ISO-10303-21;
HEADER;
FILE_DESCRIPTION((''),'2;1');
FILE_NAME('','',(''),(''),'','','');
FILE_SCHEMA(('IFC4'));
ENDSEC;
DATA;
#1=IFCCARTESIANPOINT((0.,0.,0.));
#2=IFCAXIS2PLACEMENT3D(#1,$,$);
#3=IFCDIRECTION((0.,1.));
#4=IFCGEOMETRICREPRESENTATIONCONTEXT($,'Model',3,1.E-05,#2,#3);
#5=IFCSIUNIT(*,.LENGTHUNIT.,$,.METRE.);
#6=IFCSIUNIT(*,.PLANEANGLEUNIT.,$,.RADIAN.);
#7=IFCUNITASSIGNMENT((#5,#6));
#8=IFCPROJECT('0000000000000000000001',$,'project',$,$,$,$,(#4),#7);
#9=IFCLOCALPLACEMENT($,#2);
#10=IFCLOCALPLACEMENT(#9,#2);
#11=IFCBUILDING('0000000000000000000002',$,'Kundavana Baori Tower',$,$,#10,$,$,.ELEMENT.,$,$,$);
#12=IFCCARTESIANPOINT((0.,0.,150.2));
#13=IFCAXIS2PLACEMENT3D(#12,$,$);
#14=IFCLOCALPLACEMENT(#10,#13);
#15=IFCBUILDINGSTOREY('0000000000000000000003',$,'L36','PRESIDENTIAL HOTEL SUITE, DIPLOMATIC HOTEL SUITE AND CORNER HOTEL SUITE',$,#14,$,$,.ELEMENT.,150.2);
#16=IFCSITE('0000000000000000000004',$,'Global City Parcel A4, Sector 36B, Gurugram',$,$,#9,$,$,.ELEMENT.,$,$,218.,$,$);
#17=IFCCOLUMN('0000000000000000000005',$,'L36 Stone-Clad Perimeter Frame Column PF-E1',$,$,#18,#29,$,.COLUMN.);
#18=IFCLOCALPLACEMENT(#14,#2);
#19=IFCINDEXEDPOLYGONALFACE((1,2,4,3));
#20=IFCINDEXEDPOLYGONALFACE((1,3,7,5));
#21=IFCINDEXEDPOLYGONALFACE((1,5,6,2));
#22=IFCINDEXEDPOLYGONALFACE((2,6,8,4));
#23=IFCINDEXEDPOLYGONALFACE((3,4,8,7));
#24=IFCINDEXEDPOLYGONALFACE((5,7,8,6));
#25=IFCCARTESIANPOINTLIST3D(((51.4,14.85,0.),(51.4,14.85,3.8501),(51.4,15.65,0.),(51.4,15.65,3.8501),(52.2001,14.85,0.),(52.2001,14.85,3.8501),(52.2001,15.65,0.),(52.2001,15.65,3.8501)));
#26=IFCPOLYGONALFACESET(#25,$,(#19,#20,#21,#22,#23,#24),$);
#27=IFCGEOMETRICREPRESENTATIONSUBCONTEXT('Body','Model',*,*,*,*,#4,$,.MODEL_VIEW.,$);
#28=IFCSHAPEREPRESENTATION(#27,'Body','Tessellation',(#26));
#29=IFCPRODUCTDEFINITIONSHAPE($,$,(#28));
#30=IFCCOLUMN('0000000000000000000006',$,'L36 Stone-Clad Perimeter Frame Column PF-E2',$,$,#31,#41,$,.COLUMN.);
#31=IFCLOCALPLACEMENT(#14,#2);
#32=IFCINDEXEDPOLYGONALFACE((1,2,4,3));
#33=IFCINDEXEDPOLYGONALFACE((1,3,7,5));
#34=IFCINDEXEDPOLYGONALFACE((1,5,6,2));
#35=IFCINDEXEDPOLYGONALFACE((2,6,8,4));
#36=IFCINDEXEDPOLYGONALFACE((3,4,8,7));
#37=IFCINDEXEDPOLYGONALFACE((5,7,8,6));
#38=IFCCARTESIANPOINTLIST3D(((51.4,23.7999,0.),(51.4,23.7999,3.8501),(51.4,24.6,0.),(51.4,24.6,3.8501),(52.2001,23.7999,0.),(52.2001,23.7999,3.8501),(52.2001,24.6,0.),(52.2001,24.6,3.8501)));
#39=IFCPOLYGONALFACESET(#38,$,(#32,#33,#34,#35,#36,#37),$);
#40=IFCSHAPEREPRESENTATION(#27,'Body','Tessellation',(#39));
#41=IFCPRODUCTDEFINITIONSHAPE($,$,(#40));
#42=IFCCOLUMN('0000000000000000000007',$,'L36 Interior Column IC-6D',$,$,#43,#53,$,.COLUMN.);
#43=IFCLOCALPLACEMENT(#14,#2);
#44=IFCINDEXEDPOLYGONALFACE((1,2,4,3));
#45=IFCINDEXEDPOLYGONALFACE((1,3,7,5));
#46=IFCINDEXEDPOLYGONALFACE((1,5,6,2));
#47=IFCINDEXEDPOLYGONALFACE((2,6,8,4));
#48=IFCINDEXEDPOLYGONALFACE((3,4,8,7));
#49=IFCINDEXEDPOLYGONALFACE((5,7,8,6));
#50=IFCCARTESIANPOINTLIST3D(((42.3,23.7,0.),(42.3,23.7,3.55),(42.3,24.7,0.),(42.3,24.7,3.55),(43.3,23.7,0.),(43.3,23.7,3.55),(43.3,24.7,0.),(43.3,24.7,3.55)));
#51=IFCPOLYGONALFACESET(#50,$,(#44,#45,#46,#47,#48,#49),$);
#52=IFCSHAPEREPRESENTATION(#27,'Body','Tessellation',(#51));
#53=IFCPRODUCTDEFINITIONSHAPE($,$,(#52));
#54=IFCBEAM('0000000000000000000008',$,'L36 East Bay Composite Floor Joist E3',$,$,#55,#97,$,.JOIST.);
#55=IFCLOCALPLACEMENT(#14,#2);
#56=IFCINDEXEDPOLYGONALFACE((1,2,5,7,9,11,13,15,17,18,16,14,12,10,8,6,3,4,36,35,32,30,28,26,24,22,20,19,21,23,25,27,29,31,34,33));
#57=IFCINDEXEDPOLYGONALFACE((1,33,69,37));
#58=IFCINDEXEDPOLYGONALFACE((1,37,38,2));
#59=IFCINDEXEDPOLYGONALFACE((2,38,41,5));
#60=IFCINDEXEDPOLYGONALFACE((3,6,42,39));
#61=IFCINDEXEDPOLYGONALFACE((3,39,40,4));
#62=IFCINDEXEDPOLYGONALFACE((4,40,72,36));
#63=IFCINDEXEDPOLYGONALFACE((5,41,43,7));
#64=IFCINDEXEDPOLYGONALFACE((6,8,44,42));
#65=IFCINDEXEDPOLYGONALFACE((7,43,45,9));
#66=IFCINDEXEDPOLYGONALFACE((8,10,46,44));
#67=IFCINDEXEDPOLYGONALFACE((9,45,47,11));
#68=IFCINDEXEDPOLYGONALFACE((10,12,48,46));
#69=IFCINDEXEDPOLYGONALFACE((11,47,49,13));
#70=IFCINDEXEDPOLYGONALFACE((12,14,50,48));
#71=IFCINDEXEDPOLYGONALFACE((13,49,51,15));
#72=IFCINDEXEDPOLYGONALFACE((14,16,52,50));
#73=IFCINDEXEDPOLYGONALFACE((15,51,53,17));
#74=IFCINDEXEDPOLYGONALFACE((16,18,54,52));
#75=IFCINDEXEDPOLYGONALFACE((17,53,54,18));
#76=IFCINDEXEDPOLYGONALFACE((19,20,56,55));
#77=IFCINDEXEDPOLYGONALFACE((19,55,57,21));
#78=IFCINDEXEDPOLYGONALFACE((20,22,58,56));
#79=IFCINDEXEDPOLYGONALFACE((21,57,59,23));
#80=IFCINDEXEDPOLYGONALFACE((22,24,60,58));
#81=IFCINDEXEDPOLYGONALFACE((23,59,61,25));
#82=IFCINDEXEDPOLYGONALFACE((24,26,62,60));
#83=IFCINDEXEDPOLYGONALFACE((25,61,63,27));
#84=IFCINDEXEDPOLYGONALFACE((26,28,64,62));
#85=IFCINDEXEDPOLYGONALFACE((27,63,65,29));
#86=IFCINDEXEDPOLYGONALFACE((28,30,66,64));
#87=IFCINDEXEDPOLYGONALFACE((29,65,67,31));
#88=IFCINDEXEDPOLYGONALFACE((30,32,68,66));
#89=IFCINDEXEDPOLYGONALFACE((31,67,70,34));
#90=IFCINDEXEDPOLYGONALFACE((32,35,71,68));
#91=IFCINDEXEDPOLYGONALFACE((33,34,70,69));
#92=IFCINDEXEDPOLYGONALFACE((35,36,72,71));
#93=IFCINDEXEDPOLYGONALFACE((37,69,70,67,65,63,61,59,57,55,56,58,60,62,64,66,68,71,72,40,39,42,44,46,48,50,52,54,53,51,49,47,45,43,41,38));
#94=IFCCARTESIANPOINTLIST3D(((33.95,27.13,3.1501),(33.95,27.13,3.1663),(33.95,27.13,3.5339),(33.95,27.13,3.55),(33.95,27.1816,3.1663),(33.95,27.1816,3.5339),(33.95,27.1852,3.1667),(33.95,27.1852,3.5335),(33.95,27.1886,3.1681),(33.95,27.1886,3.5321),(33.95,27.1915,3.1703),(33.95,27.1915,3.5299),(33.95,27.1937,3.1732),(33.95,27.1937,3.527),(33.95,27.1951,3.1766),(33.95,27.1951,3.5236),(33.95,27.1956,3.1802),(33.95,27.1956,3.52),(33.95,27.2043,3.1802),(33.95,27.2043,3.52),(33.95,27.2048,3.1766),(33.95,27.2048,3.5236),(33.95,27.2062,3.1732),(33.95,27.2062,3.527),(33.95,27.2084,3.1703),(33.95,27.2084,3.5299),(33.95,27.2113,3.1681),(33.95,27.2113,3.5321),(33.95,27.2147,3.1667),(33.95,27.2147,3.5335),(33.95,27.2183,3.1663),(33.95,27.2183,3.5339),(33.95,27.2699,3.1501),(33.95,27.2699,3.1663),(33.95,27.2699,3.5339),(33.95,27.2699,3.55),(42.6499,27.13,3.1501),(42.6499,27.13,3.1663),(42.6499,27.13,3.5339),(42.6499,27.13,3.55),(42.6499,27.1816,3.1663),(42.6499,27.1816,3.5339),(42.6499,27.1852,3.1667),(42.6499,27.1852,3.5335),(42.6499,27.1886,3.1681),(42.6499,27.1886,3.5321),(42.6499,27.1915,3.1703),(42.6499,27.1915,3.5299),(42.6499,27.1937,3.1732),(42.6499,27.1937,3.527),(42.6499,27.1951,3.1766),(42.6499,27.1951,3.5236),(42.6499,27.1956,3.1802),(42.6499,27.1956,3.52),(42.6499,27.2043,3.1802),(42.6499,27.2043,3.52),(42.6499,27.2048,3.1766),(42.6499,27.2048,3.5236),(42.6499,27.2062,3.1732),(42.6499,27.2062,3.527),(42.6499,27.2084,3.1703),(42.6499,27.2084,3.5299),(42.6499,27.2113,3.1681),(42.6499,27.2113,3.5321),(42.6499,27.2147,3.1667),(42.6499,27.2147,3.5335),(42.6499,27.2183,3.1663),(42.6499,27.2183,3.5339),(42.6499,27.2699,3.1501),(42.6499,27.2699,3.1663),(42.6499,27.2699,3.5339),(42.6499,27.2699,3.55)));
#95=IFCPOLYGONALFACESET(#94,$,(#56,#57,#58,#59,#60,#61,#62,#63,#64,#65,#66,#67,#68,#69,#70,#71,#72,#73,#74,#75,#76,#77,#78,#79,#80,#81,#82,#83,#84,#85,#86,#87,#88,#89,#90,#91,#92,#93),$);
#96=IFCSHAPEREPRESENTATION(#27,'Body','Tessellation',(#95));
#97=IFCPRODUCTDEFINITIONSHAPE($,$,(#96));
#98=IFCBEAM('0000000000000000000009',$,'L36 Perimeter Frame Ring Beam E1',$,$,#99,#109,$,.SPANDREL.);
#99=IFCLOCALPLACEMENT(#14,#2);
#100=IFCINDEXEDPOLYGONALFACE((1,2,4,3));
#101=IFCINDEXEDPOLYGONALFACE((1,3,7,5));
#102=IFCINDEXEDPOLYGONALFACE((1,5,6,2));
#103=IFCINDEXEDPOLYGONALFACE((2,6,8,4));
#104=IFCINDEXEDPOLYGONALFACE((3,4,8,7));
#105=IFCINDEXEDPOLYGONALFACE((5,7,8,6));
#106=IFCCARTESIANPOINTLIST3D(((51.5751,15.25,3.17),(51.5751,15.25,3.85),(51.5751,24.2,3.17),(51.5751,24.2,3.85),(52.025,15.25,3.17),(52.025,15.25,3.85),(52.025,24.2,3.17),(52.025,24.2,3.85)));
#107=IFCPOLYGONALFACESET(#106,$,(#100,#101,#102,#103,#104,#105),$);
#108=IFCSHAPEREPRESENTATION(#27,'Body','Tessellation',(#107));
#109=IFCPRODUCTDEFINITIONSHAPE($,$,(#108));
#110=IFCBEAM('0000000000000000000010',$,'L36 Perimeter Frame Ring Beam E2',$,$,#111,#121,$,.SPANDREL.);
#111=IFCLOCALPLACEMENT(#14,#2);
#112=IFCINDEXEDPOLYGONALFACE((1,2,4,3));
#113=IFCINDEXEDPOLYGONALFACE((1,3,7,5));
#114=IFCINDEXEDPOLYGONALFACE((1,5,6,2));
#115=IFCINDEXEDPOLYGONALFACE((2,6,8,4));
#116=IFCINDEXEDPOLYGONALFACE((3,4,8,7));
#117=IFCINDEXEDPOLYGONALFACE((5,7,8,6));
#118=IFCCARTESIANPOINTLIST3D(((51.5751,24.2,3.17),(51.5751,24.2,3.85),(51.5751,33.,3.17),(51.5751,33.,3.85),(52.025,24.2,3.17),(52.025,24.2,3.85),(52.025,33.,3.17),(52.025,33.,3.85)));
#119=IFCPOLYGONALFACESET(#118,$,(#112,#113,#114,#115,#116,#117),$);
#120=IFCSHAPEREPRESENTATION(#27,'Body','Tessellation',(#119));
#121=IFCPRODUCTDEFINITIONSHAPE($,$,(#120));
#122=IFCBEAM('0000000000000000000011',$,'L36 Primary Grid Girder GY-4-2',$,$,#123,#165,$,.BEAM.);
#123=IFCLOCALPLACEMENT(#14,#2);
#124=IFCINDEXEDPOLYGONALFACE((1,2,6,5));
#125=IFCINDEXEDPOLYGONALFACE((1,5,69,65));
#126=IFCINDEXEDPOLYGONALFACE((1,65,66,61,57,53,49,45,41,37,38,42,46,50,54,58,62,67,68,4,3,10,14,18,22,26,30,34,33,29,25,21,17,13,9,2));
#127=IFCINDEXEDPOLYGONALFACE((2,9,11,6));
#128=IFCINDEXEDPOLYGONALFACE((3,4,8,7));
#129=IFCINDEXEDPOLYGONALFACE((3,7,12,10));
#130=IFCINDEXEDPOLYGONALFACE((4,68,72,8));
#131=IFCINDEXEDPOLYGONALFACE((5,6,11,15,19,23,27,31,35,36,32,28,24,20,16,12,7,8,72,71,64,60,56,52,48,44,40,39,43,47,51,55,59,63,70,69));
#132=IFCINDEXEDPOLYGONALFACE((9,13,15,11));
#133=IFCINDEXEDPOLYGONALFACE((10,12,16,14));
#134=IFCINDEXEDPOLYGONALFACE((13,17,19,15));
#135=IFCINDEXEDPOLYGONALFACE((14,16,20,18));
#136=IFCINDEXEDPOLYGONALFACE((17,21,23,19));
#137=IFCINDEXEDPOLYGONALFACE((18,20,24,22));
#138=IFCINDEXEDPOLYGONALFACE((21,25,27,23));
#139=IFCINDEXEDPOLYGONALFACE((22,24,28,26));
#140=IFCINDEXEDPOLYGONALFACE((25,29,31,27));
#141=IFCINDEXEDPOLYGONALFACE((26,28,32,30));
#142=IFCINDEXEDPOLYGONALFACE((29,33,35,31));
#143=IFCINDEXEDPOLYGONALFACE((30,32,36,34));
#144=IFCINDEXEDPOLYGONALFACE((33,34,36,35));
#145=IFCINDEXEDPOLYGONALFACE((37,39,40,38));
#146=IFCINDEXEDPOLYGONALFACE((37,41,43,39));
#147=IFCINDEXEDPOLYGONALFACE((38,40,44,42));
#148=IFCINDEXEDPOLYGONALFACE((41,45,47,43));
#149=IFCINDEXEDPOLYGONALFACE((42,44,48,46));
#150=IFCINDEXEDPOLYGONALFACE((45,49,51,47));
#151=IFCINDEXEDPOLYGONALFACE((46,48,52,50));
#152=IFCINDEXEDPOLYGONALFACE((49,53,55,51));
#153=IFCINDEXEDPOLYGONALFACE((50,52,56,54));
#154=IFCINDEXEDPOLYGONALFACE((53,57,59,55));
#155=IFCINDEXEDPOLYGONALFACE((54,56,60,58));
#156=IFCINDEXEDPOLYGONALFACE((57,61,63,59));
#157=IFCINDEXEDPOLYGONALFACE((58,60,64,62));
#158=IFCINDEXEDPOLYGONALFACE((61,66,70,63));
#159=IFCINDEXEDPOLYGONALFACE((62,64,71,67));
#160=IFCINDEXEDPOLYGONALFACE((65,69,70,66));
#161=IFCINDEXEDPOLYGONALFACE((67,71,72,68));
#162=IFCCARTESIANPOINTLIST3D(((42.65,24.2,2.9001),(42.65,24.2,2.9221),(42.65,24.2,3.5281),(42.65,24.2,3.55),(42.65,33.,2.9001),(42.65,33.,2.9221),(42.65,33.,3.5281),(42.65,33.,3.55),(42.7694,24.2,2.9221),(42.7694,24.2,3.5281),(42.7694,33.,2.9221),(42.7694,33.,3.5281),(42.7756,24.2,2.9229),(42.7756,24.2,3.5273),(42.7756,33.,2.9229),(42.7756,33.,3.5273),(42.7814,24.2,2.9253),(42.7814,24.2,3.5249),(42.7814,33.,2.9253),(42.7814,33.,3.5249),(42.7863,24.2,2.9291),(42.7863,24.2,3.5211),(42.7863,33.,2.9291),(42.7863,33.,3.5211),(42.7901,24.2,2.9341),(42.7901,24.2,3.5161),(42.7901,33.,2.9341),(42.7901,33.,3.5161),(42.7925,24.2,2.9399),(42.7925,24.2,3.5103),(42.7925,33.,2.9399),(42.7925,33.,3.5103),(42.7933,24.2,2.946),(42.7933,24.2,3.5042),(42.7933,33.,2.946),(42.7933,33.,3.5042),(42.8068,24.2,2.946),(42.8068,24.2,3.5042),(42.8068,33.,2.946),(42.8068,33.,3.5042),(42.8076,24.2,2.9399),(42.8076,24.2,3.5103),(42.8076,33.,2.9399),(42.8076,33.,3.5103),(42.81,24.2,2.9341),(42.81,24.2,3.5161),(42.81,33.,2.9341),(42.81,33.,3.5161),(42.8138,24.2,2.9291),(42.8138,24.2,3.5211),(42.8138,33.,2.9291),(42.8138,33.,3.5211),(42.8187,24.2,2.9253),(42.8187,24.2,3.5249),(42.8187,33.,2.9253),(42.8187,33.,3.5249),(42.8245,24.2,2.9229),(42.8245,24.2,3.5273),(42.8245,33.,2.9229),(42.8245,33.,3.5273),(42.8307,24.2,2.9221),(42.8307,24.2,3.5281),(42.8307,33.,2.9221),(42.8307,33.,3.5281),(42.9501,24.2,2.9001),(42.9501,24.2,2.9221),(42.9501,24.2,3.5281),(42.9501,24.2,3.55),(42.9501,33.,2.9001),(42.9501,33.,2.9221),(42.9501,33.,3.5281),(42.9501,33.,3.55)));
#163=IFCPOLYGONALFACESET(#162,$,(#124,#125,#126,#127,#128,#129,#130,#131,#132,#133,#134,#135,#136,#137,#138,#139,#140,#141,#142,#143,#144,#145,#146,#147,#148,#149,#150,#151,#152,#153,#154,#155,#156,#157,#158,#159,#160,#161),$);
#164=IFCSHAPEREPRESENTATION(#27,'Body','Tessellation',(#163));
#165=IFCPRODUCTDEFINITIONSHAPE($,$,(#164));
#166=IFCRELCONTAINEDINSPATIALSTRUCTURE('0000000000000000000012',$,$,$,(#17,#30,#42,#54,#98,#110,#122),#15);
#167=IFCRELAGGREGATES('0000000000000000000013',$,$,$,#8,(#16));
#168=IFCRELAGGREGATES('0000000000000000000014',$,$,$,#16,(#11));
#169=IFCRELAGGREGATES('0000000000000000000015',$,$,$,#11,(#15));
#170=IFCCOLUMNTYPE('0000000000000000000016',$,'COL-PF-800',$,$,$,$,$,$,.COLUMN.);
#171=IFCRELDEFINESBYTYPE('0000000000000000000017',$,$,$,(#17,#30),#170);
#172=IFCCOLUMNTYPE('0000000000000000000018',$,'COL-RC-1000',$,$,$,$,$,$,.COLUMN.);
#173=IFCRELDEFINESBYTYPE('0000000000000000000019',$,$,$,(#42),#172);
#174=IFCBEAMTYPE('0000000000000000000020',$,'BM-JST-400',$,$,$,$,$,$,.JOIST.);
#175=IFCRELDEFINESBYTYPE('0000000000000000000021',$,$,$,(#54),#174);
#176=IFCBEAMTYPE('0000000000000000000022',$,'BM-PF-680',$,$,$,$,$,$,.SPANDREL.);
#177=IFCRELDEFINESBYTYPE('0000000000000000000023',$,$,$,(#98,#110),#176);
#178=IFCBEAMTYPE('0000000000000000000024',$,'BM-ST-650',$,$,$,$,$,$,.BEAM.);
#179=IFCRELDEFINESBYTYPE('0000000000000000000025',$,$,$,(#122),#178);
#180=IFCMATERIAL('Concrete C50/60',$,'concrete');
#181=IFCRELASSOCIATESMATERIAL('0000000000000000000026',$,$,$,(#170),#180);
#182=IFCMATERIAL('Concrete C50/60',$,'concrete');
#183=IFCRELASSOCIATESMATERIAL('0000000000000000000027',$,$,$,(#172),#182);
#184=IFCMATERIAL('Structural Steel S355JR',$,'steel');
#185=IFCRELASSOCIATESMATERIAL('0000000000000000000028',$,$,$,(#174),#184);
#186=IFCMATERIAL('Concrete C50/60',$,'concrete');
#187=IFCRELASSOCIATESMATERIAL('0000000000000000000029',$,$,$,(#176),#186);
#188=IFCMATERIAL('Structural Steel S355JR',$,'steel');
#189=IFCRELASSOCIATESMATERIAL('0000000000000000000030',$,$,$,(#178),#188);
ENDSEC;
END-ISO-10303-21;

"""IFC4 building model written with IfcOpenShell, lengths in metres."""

from ifc_helpers import new_model, si_unit, direction, frame, origin, origin_2d, place, context, subcontext, project, spatial, rectangle, i_section, extrude, material, material_profile, profile_set, type_object, element, save


model = new_model("IFC4")

# Units and contexts
model_context = context("Model", 3, precision=1e-05, world=origin(), true_north=direction((0.0, 1.0)))
body_context = subcontext(model_context, "Body", "Model", "MODEL_VIEW")
ifc_project = project(units=[si_unit("LENGTHUNIT", "METRE"), si_unit("PLANEANGLEUNIT", "RADIAN")], contexts=[model_context])

# Site, building, storey
site_placement = place(None, origin())
site = spatial("IfcSite", under=ifc_project, at=site_placement, Name="Global City Parcel A4, Sector 36B, Gurugram", CompositionType="ELEMENT", RefElevation=218.0)
building_placement = place(site_placement, origin())
building = spatial("IfcBuilding", under=site, at=building_placement, Name="Kundavana Baori Tower", CompositionType="ELEMENT")
storey_placement = place(building_placement, frame((0.0, 0.0, 150.2)))
storey = spatial("IfcBuildingStorey", under=building, at=storey_placement, Name="L36", Description="PRESIDENTIAL HOTEL SUITE, DIPLOMATIC HOTEL SUITE AND CORNER HOTEL SUITE", CompositionType="ELEMENT", Elevation=150.2)

# Columns
ifc_material_1 = material(Name="Concrete C50/60", Category="concrete")
ifc_material_profile_1 = material_profile(ifc_material_1, rectangle(XDim=0.8, YDim=0.8, at=origin_2d()), Name="RC PF 800x800")
ifc_profile_set_1 = profile_set([ifc_material_profile_1], Name="Concrete C50/60")
column_type_1 = type_object("IfcColumnType", Name="COL-PF-800", PredefinedType="COLUMN", material=ifc_profile_set_1)
for number, where, z_axis, x_axis, name in (
    (1, (51.8, 15.25, 0.0), (0.0, 0.0, 1.0), (1.0, 0.0, 0.0), "L36 Stone-Clad Perimeter Frame Column PF-E1"),
    (2, (51.8, 24.2, 0.0), (0.0, 0.0, 1.0), (1.0, 0.0, 0.0), "L36 Stone-Clad Perimeter Frame Column PF-E2"),
):
    element("IfcColumn", number, at=place(storey_placement, frame(where, z_axis=z_axis, x_axis=x_axis)), inside=storey, type_object=column_type_1, Name=name, PredefinedType="COLUMN", context=body_context, shape_type="SweptSolid", body=[
        extrude(rectangle(XDim=0.8, YDim=0.8, at=origin_2d()), origin(), (0.0, 0.0, 1.0), 3.8501),
    ])
ifc_material_2 = material(Name="Concrete C50/60", Category="concrete")
ifc_material_profile_2 = material_profile(ifc_material_2, rectangle(XDim=1.0, YDim=1.0, at=origin_2d()), Name="RC 1000x1000")
ifc_profile_set_2 = profile_set([ifc_material_profile_2], Name="Concrete C50/60")
column_type_2 = type_object("IfcColumnType", Name="COL-RC-1000", PredefinedType="COLUMN", material=ifc_profile_set_2)
column_placement = place(storey_placement, frame((42.8, 24.2, 0.0), z_axis=(0.0, 0.0, 1.0), x_axis=(1.0, 0.0, 0.0)))
element("IfcColumn", 3, at=column_placement, inside=storey, type_object=column_type_2, Name="L36 Interior Column IC-6D", PredefinedType="COLUMN", context=body_context, shape_type="SweptSolid", body=[
    extrude(rectangle(XDim=1.0, YDim=1.0, at=origin_2d()), origin(), (0.0, 0.0, 1.0), 3.55),
])

# Beams
ifc_material_3 = material(Name="Structural Steel S355JR", Category="steel")
ifc_material_profile_3 = material_profile(ifc_material_3, i_section(OverallWidth=0.1399, OverallDepth=0.3999, WebThickness=0.0088, FlangeThickness=0.0161, FilletRadius=0.0139, at=origin_2d()), Name="ISMB 400")
ifc_profile_set_3 = profile_set([ifc_material_profile_3], Name="Structural Steel S355JR")
beam_type_1 = type_object("IfcBeamType", Name="BM-JST-400", PredefinedType="JOIST", material=ifc_profile_set_3)
beam_1_placement = place(storey_placement, frame((33.95, 27.2, 3.3501), z_axis=(1.0, 0.0, 0.0), x_axis=(0.0, 1.0, 0.0)))
element("IfcBeam", 4, at=beam_1_placement, inside=storey, type_object=beam_type_1, Name="L36 East Bay Composite Floor Joist E3", PredefinedType="JOIST", context=body_context, shape_type="SweptSolid", body=[
    extrude(i_section(OverallWidth=0.1399, OverallDepth=0.3999, WebThickness=0.0088, FlangeThickness=0.0161, FilletRadius=0.0139, at=origin_2d()), origin(), (0.0, 0.0, 1.0), 8.7),
])
ifc_material_4 = material(Name="Concrete C50/60", Category="concrete")
ifc_material_profile_4 = material_profile(ifc_material_4, rectangle(XDim=0.45, YDim=0.6799, at=origin_2d()), Name="RC BM 450x680")
ifc_profile_set_4 = profile_set([ifc_material_profile_4], Name="Concrete C50/60")
beam_type_2 = type_object("IfcBeamType", Name="BM-PF-680", PredefinedType="SPANDREL", material=ifc_profile_set_4)
beam_2_placement = place(storey_placement, frame((51.8, 15.25, 3.51), z_axis=(0.0, 1.0, 0.0), x_axis=(-1.0, 0.0, 0.0)))
element("IfcBeam", 5, at=beam_2_placement, inside=storey, type_object=beam_type_2, Name="L36 Perimeter Frame Ring Beam E1", PredefinedType="SPANDREL", context=body_context, shape_type="SweptSolid", body=[
    extrude(rectangle(XDim=0.45, YDim=0.6799, at=origin_2d()), origin(), (0.0, 0.0, 1.0), 8.95),
])
beam_3_placement = place(storey_placement, frame((51.8, 24.2, 3.51), z_axis=(0.0, 1.0, 0.0), x_axis=(-1.0, 0.0, 0.0)))
element("IfcBeam", 6, at=beam_3_placement, inside=storey, type_object=beam_type_2, Name="L36 Perimeter Frame Ring Beam E2", PredefinedType="SPANDREL", context=body_context, shape_type="SweptSolid", body=[
    extrude(rectangle(XDim=0.45, YDim=0.6799, at=origin_2d()), origin(), (0.0, 0.0, 1.0), 8.8),
])
ifc_material_5 = material(Name="Structural Steel S355JR", Category="steel")
ifc_material_profile_5 = material_profile(ifc_material_5, i_section(OverallWidth=0.3, OverallDepth=0.6499, WebThickness=0.0134, FlangeThickness=0.022, FilletRadius=0.0239, at=origin_2d()), Name="NPB 650x300x155")
ifc_profile_set_5 = profile_set([ifc_material_profile_5], Name="Structural Steel S355JR")
beam_type_3 = type_object("IfcBeamType", Name="BM-ST-650", PredefinedType="BEAM", material=ifc_profile_set_5)
beam_4_placement = place(storey_placement, frame((42.8, 24.2, 3.2251), z_axis=(0.0, 1.0, 0.0), x_axis=(-1.0, 0.0, 0.0)))
element("IfcBeam", 7, at=beam_4_placement, inside=storey, type_object=beam_type_3, Name="L36 Primary Grid Girder GY-4-2", PredefinedType="BEAM", context=body_context, shape_type="SweptSolid", body=[
    extrude(i_section(OverallWidth=0.3, OverallDepth=0.6499, WebThickness=0.0134, FlangeThickness=0.022, FilletRadius=0.0239, at=origin_2d()), origin(), (0.0, 0.0, 1.0), 8.8),
])

save(model, "model.ifc")
